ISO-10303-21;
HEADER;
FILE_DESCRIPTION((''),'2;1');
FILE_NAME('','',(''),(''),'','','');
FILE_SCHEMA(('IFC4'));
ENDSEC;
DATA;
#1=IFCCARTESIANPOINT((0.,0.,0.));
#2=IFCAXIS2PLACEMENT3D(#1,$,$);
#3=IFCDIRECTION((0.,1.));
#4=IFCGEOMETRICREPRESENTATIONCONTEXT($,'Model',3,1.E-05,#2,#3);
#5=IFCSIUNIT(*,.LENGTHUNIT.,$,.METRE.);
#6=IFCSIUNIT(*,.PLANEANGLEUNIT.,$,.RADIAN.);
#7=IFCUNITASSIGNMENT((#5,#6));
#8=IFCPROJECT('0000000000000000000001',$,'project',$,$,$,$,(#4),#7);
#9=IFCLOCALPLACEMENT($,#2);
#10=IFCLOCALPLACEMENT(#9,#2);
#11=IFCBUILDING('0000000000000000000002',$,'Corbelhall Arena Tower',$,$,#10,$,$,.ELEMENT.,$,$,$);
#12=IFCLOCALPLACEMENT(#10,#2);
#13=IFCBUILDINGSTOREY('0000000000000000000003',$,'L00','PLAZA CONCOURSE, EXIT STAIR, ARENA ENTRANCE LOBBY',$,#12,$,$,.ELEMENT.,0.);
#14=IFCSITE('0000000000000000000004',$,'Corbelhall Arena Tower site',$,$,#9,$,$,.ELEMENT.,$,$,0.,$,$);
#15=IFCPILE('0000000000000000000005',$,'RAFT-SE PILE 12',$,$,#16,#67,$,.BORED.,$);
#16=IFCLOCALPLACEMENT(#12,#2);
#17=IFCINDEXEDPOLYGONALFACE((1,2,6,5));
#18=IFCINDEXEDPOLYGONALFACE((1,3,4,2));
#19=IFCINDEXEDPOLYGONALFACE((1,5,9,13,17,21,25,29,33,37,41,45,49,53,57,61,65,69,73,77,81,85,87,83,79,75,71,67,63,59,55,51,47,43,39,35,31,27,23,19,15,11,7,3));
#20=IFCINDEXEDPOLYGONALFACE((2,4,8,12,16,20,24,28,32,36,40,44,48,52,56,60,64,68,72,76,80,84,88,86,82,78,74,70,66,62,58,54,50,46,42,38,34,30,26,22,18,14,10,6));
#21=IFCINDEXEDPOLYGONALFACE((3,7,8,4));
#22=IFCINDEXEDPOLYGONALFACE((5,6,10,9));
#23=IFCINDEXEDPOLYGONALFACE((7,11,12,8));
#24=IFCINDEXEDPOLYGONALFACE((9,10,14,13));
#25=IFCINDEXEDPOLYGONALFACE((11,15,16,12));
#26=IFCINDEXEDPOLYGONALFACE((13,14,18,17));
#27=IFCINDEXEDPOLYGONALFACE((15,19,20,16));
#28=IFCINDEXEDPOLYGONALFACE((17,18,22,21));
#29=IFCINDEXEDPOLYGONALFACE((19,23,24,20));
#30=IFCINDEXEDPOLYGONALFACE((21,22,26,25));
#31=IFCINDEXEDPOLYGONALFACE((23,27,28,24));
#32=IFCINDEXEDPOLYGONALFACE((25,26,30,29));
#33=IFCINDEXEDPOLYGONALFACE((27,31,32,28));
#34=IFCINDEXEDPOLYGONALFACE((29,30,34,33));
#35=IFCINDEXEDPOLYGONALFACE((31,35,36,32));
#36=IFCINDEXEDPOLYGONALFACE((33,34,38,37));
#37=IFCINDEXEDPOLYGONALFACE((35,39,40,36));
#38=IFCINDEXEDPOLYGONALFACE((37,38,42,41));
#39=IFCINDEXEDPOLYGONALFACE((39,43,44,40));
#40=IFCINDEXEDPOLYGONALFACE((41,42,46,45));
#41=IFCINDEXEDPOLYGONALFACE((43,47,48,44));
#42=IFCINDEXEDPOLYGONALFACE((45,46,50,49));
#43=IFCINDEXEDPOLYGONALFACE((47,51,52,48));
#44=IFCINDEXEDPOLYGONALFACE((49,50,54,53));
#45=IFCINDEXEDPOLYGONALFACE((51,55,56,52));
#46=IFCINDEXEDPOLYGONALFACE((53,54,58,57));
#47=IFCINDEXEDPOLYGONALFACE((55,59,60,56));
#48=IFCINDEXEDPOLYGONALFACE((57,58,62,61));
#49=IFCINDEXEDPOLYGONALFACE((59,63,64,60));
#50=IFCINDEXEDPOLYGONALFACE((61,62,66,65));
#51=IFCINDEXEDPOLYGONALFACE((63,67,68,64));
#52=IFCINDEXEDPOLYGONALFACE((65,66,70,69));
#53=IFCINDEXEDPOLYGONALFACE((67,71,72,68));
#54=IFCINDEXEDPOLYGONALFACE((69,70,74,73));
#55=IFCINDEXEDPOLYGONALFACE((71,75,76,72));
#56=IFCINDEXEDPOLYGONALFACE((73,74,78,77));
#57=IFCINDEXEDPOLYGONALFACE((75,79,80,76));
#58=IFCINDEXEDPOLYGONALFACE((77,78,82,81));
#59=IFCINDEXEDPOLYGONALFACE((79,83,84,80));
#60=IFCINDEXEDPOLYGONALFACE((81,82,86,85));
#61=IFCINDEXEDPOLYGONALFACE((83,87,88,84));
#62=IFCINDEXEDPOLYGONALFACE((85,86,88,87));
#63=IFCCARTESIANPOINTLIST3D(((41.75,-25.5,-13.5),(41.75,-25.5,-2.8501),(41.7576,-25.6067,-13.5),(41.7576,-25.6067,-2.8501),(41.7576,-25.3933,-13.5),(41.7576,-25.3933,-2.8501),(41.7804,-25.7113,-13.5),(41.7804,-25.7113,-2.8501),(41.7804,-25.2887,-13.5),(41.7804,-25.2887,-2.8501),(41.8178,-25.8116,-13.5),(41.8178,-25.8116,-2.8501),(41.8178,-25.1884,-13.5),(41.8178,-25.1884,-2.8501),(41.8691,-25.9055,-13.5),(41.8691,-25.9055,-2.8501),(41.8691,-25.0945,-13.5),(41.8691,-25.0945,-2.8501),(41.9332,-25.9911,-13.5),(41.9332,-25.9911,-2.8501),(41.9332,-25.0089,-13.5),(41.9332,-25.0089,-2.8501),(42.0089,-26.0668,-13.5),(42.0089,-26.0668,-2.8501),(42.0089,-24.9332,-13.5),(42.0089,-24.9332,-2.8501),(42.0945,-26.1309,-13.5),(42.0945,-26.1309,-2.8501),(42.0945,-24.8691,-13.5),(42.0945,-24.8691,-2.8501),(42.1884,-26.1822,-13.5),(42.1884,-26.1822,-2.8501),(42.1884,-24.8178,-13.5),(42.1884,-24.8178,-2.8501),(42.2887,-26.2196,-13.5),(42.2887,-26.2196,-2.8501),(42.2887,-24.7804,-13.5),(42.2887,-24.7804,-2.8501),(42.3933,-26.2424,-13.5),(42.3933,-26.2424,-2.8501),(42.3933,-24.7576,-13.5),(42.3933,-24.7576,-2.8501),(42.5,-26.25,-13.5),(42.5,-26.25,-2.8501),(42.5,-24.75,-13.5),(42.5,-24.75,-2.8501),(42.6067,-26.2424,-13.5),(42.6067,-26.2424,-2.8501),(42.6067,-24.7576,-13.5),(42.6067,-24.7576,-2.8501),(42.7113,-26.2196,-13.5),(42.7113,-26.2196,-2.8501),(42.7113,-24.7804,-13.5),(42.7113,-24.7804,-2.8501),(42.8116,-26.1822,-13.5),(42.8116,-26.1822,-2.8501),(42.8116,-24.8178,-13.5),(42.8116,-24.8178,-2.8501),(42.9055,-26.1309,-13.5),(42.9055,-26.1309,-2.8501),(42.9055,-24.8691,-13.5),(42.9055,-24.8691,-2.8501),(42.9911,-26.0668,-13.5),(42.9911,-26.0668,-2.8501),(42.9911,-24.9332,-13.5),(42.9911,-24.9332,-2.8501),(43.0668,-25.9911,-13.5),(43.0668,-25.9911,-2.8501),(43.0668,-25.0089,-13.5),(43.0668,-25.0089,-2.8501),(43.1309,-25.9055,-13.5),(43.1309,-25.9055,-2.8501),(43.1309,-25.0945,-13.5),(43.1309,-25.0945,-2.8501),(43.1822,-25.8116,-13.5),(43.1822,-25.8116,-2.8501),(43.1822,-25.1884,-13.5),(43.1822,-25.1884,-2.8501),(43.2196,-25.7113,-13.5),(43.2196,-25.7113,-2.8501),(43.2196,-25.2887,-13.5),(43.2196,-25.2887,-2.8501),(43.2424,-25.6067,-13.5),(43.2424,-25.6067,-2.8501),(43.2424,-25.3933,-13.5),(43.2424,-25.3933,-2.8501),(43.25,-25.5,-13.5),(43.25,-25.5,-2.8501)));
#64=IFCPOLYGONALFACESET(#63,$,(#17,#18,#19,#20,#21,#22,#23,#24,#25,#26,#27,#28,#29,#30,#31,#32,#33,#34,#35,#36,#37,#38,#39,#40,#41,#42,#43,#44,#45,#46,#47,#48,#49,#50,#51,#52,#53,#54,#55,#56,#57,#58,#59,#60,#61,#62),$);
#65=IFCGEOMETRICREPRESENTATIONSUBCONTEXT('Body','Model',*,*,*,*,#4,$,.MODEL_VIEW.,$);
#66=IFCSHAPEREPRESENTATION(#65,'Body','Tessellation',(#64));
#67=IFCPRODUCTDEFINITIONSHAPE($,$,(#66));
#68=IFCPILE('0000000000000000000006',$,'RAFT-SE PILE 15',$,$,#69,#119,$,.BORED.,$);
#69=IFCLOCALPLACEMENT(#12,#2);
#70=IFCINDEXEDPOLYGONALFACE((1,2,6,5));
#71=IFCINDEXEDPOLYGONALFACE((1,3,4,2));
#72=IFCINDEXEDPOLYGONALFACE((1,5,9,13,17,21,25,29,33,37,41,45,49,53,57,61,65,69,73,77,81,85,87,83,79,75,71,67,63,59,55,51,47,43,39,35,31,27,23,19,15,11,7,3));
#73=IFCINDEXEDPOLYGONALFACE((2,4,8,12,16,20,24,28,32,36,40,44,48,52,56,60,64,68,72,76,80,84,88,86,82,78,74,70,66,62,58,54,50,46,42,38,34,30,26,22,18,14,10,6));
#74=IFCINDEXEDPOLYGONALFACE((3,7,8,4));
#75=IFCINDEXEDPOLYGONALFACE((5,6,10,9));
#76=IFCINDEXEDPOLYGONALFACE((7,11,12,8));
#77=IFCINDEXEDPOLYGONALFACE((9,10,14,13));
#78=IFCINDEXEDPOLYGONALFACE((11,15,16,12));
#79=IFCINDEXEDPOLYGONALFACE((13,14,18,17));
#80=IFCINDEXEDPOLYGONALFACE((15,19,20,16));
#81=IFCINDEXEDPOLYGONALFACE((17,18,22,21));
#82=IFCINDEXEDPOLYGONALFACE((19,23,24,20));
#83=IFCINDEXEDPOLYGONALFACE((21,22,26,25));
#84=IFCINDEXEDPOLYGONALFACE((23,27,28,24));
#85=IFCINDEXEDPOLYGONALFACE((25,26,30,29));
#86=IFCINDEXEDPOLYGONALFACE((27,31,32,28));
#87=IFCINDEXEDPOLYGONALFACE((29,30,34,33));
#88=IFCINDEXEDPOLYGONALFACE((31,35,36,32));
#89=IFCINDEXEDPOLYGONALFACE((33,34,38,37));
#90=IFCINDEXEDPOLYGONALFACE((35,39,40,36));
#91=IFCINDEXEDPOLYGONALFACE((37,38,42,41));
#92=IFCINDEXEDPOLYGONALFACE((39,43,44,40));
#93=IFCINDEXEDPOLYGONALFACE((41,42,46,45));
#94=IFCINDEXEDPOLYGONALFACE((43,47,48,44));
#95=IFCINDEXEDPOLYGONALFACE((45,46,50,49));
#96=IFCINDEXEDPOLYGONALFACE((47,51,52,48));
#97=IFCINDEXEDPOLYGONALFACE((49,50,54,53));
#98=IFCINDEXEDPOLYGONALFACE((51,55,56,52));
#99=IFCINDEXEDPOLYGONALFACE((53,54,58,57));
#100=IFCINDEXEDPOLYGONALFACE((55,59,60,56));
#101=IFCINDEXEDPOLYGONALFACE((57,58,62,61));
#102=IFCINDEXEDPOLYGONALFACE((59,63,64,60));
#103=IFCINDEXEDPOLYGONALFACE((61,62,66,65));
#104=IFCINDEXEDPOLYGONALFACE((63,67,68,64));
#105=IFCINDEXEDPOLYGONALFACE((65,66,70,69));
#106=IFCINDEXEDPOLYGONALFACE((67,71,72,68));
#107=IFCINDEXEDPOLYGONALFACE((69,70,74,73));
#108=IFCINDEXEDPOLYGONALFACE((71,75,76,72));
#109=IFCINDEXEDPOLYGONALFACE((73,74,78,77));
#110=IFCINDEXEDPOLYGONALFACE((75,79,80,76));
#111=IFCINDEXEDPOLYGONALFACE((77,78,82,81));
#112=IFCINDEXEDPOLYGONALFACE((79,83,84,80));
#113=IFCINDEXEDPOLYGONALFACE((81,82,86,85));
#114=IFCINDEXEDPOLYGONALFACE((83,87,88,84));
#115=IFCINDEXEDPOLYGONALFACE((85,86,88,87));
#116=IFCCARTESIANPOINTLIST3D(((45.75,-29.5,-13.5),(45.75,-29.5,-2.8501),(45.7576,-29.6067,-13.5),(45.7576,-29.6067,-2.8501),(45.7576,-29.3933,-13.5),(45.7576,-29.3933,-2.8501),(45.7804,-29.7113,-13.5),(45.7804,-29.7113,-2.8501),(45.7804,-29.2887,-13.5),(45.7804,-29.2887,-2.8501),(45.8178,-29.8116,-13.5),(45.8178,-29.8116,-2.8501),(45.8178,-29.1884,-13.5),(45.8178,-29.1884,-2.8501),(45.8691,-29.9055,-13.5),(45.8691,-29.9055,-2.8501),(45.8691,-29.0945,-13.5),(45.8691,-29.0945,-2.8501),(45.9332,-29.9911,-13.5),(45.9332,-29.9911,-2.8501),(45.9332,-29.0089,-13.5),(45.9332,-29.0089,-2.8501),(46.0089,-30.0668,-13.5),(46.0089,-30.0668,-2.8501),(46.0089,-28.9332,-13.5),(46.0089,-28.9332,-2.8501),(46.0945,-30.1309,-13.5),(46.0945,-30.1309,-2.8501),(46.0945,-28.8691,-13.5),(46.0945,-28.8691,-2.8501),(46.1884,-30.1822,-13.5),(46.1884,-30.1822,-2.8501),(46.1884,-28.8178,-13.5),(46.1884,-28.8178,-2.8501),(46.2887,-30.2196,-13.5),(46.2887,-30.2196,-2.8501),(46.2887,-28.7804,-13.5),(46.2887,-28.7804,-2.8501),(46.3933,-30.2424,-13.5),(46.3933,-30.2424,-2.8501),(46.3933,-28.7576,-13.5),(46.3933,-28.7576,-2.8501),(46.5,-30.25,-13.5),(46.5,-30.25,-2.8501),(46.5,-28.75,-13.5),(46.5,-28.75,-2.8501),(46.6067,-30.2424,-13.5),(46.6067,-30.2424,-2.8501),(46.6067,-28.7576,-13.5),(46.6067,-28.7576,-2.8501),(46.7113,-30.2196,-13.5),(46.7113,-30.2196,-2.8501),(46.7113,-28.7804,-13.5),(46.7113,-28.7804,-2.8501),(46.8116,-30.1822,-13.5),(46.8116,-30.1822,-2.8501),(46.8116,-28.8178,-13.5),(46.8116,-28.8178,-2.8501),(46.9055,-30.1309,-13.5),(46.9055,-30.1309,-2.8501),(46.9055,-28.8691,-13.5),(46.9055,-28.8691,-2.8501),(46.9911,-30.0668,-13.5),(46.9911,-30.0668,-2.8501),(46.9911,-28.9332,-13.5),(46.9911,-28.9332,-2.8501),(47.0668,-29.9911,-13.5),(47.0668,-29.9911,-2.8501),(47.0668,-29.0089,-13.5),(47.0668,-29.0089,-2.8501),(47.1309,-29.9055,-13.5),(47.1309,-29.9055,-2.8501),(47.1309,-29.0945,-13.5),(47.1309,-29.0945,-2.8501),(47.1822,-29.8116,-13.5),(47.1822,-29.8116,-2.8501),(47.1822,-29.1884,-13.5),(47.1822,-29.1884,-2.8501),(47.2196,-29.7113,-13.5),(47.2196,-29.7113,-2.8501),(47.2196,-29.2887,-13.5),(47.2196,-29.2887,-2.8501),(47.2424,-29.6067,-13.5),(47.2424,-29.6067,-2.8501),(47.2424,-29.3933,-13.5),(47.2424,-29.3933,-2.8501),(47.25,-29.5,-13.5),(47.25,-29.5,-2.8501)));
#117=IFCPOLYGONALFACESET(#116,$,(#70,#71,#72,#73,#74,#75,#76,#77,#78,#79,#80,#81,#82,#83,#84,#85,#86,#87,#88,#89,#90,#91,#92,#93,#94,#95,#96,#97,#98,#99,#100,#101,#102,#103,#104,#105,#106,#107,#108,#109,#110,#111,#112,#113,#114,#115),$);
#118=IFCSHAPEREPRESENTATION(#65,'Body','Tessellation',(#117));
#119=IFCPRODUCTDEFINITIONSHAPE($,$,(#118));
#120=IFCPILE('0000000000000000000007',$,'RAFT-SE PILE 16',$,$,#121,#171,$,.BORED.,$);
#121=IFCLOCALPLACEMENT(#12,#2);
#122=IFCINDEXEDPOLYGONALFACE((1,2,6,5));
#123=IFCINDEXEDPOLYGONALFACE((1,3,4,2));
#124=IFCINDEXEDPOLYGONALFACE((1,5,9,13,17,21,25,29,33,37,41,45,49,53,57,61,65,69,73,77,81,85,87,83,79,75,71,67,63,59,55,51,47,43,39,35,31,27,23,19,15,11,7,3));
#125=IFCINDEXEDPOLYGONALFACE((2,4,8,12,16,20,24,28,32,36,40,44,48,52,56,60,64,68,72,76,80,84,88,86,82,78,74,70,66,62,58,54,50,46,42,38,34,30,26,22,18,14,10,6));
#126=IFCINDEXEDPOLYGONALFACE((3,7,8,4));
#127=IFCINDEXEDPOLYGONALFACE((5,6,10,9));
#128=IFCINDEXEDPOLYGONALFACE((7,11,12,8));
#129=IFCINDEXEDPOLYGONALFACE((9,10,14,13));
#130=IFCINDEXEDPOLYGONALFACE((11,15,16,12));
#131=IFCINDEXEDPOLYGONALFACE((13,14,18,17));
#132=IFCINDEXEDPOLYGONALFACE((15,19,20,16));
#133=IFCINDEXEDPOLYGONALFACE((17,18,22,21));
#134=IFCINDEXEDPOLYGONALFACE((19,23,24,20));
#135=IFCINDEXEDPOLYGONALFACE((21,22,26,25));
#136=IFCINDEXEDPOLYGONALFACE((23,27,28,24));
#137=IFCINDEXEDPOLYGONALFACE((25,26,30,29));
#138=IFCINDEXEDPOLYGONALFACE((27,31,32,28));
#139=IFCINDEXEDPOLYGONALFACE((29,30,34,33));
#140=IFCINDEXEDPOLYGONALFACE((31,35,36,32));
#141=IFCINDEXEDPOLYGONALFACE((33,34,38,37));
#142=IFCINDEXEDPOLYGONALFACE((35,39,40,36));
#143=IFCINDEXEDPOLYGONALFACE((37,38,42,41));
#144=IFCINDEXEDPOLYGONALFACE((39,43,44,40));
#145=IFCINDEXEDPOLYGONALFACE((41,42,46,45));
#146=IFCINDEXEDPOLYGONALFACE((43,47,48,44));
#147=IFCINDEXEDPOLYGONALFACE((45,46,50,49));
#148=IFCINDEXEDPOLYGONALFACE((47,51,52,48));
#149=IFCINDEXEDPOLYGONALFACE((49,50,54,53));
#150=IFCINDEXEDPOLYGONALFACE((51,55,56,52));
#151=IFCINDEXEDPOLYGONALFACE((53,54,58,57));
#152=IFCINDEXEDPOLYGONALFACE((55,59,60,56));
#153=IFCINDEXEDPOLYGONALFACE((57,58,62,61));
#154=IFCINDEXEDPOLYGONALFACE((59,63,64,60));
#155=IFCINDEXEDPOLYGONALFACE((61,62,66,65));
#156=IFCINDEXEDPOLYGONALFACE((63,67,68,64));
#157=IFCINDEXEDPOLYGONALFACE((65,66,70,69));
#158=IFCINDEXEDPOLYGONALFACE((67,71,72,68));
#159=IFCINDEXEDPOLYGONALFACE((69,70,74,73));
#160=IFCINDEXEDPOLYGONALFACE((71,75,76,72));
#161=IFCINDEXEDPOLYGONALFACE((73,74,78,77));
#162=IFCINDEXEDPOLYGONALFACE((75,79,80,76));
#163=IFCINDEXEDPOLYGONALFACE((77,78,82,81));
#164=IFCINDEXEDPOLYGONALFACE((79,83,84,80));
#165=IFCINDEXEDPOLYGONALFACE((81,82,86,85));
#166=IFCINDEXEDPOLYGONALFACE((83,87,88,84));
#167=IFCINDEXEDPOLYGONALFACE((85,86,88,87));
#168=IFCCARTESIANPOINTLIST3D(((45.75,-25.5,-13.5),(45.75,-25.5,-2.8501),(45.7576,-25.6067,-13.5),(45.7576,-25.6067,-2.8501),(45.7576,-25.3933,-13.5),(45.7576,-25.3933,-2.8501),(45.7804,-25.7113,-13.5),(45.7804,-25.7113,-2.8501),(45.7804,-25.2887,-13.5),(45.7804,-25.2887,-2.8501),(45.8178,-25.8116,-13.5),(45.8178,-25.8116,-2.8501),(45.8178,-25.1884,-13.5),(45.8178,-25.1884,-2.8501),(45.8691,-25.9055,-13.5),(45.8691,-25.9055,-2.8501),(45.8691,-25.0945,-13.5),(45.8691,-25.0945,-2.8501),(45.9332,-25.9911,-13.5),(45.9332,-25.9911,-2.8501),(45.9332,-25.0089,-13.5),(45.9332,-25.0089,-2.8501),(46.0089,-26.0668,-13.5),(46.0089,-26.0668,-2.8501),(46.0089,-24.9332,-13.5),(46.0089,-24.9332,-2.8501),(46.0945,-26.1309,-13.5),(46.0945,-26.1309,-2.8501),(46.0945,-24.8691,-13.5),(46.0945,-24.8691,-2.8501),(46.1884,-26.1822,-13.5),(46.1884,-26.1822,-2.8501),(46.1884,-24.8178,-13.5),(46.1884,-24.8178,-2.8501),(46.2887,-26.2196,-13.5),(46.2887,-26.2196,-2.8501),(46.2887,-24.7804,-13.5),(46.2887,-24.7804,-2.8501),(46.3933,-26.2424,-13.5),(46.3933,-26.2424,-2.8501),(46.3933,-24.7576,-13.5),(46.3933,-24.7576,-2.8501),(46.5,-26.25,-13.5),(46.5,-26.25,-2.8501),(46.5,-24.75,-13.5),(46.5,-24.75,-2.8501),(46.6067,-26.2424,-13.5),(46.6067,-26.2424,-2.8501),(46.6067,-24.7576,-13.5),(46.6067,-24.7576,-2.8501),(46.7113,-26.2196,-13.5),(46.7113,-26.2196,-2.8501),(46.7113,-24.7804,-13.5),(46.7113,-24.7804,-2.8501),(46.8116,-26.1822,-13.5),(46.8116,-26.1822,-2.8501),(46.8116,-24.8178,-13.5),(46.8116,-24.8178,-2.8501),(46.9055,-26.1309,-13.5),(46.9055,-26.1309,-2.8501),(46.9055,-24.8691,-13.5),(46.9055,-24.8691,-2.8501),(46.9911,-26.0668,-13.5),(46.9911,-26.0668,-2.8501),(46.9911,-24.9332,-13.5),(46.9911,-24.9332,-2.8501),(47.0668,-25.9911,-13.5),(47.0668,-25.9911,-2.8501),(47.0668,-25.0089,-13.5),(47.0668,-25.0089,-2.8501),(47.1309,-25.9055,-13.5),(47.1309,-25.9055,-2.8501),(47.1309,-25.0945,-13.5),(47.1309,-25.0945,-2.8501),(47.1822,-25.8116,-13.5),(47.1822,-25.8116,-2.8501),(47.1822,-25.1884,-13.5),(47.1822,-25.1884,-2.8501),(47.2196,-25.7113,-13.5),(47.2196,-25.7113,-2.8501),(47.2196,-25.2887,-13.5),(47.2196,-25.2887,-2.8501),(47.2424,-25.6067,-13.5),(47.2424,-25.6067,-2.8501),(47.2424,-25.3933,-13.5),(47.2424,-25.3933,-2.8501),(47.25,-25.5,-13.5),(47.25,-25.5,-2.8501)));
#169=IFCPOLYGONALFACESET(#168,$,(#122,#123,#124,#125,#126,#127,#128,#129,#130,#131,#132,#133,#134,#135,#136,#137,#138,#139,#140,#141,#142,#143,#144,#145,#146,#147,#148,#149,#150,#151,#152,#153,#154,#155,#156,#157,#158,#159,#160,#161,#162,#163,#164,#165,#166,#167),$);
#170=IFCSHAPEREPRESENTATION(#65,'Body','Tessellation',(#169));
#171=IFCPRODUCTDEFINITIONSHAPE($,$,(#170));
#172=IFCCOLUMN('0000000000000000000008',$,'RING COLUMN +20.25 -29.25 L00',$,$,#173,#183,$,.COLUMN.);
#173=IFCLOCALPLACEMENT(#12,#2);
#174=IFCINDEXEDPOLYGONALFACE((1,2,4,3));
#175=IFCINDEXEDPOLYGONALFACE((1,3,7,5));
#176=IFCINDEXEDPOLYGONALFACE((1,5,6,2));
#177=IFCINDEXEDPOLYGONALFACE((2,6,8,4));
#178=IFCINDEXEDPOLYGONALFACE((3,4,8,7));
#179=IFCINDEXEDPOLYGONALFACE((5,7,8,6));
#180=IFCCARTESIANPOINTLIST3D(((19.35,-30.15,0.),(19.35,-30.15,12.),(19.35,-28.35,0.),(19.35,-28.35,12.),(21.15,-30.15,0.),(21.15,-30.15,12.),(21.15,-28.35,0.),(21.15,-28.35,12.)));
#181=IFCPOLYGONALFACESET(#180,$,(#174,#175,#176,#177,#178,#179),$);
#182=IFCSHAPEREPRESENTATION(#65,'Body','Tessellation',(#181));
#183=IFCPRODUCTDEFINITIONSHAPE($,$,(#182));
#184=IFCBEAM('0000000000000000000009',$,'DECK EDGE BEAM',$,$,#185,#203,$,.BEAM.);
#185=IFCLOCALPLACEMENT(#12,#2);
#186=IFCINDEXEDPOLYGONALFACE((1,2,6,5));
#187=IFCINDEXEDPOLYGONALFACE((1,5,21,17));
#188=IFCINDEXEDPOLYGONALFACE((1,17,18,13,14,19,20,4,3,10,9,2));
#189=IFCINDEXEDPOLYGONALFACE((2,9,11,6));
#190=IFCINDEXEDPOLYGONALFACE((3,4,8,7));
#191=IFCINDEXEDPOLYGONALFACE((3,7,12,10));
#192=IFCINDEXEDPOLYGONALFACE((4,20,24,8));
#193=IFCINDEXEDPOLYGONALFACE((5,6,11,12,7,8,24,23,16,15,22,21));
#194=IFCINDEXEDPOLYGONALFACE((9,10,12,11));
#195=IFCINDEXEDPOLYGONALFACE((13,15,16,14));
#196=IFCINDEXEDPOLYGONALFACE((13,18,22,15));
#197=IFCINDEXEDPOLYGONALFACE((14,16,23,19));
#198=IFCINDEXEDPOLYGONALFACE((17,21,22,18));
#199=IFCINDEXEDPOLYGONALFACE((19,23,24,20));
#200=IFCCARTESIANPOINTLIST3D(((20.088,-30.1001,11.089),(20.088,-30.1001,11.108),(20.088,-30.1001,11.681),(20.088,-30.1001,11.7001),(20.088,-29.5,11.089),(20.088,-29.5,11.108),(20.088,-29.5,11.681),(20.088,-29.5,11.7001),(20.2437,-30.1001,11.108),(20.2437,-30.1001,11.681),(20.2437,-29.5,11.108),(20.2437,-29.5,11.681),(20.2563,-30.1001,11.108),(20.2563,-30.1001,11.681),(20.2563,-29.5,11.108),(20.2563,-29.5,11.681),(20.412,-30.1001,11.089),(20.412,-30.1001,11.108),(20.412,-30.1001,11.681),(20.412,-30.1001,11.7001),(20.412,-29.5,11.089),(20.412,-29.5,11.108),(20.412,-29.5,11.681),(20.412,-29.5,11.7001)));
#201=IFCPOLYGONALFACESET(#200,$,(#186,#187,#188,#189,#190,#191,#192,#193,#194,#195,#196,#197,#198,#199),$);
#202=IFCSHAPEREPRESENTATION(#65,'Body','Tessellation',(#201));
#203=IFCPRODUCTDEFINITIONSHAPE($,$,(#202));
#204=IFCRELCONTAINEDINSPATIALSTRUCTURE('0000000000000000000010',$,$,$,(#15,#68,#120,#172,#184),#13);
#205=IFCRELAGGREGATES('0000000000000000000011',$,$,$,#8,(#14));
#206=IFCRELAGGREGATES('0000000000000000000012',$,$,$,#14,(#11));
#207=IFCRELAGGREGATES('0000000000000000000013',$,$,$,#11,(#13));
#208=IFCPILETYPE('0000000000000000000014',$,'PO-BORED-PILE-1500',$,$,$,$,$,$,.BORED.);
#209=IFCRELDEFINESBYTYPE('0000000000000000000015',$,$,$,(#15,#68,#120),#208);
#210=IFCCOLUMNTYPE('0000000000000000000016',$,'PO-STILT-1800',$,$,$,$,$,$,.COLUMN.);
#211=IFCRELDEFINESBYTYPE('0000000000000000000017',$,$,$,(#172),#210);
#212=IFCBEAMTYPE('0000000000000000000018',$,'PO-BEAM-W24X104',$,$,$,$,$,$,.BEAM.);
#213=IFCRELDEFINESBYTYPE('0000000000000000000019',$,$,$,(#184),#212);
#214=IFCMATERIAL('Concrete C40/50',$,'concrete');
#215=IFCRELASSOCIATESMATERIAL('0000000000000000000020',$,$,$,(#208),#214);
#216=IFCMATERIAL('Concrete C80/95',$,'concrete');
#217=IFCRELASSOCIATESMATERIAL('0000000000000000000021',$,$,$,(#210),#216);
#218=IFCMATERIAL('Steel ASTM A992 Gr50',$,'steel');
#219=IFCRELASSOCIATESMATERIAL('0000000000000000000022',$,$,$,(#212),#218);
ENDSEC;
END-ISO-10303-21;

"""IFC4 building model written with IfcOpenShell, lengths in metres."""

from ifc_helpers import new_model, si_unit, direction, frame, origin, origin_2d, place, context, subcontext, project, spatial, rectangle, circle, i_section, extrude, material, material_profile, profile_set, type_object, element, save


model = new_model("IFC4")

# Units and contexts
model_context = context("Model", 3, precision=1e-05, world=origin(), true_north=direction((0.0, 1.0)))
body_context = subcontext(model_context, "Body", "Model", "MODEL_VIEW")
ifc_project = project(units=[si_unit("LENGTHUNIT", "METRE"), si_unit("PLANEANGLEUNIT", "RADIAN")], contexts=[model_context])

# Site, building, storey
site_placement = place(None, origin())
site = spatial("IfcSite", under=ifc_project, at=site_placement, Name="Corbelhall Arena Tower site", CompositionType="ELEMENT", RefElevation=0.0)
building_placement = place(site_placement, origin())
building = spatial("IfcBuilding", under=site, at=building_placement, Name="Corbelhall Arena Tower", CompositionType="ELEMENT")
storey_placement = place(building_placement, origin())
storey = spatial("IfcBuildingStorey", under=building, at=storey_placement, Name="L00", Description="PLAZA CONCOURSE, EXIT STAIR, ARENA ENTRANCE LOBBY", CompositionType="ELEMENT", Elevation=0.0)

# Piles
ifc_material_1 = material(Name="Concrete C40/50", Category="concrete")
ifc_material_profile_1 = material_profile(ifc_material_1, circle(Radius=0.75, at=origin_2d()))
ifc_profile_set_1 = profile_set([ifc_material_profile_1], Name="Concrete C40/50")
pile_type_1 = type_object("IfcPileType", Name="PO-BORED-PILE-1500", PredefinedType="BORED", material=ifc_profile_set_1)
for number, where, z_axis, x_axis, name in (
    (1, (42.5, -25.5, -2.8501), (0.0, 0.0, -1.0), (1.0, 0.0, 0.0), "RAFT-SE PILE 12"),
    (2, (46.5, -29.5, -2.8501), (0.0, 0.0, -1.0), (1.0, 0.0, 0.0), "RAFT-SE PILE 15"),
    (3, (46.5, -25.5, -2.8501), (0.0, 0.0, -1.0), (1.0, 0.0, 0.0), "RAFT-SE PILE 16"),
):
    element("IfcPile", number, at=place(storey_placement, frame(where, z_axis=z_axis, x_axis=x_axis)), inside=storey, type_object=pile_type_1, Name=name, PredefinedType="BORED", context=body_context, shape_type="SweptSolid", body=[
        extrude(circle(Radius=0.75, at=origin_2d()), origin(), (0.0, 0.0, 1.0), 10.6499),
    ])

# Column
ifc_material_2 = material(Name="Concrete C80/95", Category="concrete")
ifc_material_profile_2 = material_profile(ifc_material_2, rectangle(XDim=1.8, YDim=1.8, at=origin_2d()))
ifc_profile_set_2 = profile_set([ifc_material_profile_2], Name="Concrete C80/95")
column_type = type_object("IfcColumnType", Name="PO-STILT-1800", PredefinedType="COLUMN", material=ifc_profile_set_2)
column_placement = place(storey_placement, frame((20.25, -29.25, 0.0), z_axis=(0.0, 0.0, 1.0), x_axis=(1.0, 0.0, 0.0)))
element("IfcColumn", 4, at=column_placement, inside=storey, type_object=column_type, Name="RING COLUMN +20.25 -29.25 L00", PredefinedType="COLUMN", context=body_context, shape_type="SweptSolid", body=[
    extrude(rectangle(XDim=1.8, YDim=1.8, at=origin_2d()), origin(), (0.0, 0.0, 1.0), 12.0),
])

# Beam
ifc_material_3 = material(Name="Steel ASTM A992 Gr50", Category="steel")
ifc_material_profile_3 = material_profile(ifc_material_3, i_section(OverallWidth=0.324, OverallDepth=0.6111, WebThickness=0.0127, FlangeThickness=0.019, at=origin_2d()))
ifc_profile_set_3 = profile_set([ifc_material_profile_3], Name="Steel ASTM A992 Gr50")
beam_type_1 = type_object("IfcBeamType", Name="PO-BEAM-W24X104", PredefinedType="BEAM", material=ifc_profile_set_3)
beam_1_placement = place(storey_placement, frame((20.25, -29.5, 11.3945), z_axis=(0.0, -1.0, 0.0), x_axis=(1.0, 0.0, 0.0)))
element("IfcBeam", 5, at=beam_1_placement, inside=storey, type_object=beam_type_1, Name="DECK EDGE BEAM", PredefinedType="BEAM", context=body_context, shape_type="SweptSolid", body=[
    extrude(i_section(OverallWidth=0.324, OverallDepth=0.6111, WebThickness=0.0127, FlangeThickness=0.019, at=origin_2d()), origin(), (0.0, 0.0, 1.0), 0.6001),
])

save(model, "model.ifc")
